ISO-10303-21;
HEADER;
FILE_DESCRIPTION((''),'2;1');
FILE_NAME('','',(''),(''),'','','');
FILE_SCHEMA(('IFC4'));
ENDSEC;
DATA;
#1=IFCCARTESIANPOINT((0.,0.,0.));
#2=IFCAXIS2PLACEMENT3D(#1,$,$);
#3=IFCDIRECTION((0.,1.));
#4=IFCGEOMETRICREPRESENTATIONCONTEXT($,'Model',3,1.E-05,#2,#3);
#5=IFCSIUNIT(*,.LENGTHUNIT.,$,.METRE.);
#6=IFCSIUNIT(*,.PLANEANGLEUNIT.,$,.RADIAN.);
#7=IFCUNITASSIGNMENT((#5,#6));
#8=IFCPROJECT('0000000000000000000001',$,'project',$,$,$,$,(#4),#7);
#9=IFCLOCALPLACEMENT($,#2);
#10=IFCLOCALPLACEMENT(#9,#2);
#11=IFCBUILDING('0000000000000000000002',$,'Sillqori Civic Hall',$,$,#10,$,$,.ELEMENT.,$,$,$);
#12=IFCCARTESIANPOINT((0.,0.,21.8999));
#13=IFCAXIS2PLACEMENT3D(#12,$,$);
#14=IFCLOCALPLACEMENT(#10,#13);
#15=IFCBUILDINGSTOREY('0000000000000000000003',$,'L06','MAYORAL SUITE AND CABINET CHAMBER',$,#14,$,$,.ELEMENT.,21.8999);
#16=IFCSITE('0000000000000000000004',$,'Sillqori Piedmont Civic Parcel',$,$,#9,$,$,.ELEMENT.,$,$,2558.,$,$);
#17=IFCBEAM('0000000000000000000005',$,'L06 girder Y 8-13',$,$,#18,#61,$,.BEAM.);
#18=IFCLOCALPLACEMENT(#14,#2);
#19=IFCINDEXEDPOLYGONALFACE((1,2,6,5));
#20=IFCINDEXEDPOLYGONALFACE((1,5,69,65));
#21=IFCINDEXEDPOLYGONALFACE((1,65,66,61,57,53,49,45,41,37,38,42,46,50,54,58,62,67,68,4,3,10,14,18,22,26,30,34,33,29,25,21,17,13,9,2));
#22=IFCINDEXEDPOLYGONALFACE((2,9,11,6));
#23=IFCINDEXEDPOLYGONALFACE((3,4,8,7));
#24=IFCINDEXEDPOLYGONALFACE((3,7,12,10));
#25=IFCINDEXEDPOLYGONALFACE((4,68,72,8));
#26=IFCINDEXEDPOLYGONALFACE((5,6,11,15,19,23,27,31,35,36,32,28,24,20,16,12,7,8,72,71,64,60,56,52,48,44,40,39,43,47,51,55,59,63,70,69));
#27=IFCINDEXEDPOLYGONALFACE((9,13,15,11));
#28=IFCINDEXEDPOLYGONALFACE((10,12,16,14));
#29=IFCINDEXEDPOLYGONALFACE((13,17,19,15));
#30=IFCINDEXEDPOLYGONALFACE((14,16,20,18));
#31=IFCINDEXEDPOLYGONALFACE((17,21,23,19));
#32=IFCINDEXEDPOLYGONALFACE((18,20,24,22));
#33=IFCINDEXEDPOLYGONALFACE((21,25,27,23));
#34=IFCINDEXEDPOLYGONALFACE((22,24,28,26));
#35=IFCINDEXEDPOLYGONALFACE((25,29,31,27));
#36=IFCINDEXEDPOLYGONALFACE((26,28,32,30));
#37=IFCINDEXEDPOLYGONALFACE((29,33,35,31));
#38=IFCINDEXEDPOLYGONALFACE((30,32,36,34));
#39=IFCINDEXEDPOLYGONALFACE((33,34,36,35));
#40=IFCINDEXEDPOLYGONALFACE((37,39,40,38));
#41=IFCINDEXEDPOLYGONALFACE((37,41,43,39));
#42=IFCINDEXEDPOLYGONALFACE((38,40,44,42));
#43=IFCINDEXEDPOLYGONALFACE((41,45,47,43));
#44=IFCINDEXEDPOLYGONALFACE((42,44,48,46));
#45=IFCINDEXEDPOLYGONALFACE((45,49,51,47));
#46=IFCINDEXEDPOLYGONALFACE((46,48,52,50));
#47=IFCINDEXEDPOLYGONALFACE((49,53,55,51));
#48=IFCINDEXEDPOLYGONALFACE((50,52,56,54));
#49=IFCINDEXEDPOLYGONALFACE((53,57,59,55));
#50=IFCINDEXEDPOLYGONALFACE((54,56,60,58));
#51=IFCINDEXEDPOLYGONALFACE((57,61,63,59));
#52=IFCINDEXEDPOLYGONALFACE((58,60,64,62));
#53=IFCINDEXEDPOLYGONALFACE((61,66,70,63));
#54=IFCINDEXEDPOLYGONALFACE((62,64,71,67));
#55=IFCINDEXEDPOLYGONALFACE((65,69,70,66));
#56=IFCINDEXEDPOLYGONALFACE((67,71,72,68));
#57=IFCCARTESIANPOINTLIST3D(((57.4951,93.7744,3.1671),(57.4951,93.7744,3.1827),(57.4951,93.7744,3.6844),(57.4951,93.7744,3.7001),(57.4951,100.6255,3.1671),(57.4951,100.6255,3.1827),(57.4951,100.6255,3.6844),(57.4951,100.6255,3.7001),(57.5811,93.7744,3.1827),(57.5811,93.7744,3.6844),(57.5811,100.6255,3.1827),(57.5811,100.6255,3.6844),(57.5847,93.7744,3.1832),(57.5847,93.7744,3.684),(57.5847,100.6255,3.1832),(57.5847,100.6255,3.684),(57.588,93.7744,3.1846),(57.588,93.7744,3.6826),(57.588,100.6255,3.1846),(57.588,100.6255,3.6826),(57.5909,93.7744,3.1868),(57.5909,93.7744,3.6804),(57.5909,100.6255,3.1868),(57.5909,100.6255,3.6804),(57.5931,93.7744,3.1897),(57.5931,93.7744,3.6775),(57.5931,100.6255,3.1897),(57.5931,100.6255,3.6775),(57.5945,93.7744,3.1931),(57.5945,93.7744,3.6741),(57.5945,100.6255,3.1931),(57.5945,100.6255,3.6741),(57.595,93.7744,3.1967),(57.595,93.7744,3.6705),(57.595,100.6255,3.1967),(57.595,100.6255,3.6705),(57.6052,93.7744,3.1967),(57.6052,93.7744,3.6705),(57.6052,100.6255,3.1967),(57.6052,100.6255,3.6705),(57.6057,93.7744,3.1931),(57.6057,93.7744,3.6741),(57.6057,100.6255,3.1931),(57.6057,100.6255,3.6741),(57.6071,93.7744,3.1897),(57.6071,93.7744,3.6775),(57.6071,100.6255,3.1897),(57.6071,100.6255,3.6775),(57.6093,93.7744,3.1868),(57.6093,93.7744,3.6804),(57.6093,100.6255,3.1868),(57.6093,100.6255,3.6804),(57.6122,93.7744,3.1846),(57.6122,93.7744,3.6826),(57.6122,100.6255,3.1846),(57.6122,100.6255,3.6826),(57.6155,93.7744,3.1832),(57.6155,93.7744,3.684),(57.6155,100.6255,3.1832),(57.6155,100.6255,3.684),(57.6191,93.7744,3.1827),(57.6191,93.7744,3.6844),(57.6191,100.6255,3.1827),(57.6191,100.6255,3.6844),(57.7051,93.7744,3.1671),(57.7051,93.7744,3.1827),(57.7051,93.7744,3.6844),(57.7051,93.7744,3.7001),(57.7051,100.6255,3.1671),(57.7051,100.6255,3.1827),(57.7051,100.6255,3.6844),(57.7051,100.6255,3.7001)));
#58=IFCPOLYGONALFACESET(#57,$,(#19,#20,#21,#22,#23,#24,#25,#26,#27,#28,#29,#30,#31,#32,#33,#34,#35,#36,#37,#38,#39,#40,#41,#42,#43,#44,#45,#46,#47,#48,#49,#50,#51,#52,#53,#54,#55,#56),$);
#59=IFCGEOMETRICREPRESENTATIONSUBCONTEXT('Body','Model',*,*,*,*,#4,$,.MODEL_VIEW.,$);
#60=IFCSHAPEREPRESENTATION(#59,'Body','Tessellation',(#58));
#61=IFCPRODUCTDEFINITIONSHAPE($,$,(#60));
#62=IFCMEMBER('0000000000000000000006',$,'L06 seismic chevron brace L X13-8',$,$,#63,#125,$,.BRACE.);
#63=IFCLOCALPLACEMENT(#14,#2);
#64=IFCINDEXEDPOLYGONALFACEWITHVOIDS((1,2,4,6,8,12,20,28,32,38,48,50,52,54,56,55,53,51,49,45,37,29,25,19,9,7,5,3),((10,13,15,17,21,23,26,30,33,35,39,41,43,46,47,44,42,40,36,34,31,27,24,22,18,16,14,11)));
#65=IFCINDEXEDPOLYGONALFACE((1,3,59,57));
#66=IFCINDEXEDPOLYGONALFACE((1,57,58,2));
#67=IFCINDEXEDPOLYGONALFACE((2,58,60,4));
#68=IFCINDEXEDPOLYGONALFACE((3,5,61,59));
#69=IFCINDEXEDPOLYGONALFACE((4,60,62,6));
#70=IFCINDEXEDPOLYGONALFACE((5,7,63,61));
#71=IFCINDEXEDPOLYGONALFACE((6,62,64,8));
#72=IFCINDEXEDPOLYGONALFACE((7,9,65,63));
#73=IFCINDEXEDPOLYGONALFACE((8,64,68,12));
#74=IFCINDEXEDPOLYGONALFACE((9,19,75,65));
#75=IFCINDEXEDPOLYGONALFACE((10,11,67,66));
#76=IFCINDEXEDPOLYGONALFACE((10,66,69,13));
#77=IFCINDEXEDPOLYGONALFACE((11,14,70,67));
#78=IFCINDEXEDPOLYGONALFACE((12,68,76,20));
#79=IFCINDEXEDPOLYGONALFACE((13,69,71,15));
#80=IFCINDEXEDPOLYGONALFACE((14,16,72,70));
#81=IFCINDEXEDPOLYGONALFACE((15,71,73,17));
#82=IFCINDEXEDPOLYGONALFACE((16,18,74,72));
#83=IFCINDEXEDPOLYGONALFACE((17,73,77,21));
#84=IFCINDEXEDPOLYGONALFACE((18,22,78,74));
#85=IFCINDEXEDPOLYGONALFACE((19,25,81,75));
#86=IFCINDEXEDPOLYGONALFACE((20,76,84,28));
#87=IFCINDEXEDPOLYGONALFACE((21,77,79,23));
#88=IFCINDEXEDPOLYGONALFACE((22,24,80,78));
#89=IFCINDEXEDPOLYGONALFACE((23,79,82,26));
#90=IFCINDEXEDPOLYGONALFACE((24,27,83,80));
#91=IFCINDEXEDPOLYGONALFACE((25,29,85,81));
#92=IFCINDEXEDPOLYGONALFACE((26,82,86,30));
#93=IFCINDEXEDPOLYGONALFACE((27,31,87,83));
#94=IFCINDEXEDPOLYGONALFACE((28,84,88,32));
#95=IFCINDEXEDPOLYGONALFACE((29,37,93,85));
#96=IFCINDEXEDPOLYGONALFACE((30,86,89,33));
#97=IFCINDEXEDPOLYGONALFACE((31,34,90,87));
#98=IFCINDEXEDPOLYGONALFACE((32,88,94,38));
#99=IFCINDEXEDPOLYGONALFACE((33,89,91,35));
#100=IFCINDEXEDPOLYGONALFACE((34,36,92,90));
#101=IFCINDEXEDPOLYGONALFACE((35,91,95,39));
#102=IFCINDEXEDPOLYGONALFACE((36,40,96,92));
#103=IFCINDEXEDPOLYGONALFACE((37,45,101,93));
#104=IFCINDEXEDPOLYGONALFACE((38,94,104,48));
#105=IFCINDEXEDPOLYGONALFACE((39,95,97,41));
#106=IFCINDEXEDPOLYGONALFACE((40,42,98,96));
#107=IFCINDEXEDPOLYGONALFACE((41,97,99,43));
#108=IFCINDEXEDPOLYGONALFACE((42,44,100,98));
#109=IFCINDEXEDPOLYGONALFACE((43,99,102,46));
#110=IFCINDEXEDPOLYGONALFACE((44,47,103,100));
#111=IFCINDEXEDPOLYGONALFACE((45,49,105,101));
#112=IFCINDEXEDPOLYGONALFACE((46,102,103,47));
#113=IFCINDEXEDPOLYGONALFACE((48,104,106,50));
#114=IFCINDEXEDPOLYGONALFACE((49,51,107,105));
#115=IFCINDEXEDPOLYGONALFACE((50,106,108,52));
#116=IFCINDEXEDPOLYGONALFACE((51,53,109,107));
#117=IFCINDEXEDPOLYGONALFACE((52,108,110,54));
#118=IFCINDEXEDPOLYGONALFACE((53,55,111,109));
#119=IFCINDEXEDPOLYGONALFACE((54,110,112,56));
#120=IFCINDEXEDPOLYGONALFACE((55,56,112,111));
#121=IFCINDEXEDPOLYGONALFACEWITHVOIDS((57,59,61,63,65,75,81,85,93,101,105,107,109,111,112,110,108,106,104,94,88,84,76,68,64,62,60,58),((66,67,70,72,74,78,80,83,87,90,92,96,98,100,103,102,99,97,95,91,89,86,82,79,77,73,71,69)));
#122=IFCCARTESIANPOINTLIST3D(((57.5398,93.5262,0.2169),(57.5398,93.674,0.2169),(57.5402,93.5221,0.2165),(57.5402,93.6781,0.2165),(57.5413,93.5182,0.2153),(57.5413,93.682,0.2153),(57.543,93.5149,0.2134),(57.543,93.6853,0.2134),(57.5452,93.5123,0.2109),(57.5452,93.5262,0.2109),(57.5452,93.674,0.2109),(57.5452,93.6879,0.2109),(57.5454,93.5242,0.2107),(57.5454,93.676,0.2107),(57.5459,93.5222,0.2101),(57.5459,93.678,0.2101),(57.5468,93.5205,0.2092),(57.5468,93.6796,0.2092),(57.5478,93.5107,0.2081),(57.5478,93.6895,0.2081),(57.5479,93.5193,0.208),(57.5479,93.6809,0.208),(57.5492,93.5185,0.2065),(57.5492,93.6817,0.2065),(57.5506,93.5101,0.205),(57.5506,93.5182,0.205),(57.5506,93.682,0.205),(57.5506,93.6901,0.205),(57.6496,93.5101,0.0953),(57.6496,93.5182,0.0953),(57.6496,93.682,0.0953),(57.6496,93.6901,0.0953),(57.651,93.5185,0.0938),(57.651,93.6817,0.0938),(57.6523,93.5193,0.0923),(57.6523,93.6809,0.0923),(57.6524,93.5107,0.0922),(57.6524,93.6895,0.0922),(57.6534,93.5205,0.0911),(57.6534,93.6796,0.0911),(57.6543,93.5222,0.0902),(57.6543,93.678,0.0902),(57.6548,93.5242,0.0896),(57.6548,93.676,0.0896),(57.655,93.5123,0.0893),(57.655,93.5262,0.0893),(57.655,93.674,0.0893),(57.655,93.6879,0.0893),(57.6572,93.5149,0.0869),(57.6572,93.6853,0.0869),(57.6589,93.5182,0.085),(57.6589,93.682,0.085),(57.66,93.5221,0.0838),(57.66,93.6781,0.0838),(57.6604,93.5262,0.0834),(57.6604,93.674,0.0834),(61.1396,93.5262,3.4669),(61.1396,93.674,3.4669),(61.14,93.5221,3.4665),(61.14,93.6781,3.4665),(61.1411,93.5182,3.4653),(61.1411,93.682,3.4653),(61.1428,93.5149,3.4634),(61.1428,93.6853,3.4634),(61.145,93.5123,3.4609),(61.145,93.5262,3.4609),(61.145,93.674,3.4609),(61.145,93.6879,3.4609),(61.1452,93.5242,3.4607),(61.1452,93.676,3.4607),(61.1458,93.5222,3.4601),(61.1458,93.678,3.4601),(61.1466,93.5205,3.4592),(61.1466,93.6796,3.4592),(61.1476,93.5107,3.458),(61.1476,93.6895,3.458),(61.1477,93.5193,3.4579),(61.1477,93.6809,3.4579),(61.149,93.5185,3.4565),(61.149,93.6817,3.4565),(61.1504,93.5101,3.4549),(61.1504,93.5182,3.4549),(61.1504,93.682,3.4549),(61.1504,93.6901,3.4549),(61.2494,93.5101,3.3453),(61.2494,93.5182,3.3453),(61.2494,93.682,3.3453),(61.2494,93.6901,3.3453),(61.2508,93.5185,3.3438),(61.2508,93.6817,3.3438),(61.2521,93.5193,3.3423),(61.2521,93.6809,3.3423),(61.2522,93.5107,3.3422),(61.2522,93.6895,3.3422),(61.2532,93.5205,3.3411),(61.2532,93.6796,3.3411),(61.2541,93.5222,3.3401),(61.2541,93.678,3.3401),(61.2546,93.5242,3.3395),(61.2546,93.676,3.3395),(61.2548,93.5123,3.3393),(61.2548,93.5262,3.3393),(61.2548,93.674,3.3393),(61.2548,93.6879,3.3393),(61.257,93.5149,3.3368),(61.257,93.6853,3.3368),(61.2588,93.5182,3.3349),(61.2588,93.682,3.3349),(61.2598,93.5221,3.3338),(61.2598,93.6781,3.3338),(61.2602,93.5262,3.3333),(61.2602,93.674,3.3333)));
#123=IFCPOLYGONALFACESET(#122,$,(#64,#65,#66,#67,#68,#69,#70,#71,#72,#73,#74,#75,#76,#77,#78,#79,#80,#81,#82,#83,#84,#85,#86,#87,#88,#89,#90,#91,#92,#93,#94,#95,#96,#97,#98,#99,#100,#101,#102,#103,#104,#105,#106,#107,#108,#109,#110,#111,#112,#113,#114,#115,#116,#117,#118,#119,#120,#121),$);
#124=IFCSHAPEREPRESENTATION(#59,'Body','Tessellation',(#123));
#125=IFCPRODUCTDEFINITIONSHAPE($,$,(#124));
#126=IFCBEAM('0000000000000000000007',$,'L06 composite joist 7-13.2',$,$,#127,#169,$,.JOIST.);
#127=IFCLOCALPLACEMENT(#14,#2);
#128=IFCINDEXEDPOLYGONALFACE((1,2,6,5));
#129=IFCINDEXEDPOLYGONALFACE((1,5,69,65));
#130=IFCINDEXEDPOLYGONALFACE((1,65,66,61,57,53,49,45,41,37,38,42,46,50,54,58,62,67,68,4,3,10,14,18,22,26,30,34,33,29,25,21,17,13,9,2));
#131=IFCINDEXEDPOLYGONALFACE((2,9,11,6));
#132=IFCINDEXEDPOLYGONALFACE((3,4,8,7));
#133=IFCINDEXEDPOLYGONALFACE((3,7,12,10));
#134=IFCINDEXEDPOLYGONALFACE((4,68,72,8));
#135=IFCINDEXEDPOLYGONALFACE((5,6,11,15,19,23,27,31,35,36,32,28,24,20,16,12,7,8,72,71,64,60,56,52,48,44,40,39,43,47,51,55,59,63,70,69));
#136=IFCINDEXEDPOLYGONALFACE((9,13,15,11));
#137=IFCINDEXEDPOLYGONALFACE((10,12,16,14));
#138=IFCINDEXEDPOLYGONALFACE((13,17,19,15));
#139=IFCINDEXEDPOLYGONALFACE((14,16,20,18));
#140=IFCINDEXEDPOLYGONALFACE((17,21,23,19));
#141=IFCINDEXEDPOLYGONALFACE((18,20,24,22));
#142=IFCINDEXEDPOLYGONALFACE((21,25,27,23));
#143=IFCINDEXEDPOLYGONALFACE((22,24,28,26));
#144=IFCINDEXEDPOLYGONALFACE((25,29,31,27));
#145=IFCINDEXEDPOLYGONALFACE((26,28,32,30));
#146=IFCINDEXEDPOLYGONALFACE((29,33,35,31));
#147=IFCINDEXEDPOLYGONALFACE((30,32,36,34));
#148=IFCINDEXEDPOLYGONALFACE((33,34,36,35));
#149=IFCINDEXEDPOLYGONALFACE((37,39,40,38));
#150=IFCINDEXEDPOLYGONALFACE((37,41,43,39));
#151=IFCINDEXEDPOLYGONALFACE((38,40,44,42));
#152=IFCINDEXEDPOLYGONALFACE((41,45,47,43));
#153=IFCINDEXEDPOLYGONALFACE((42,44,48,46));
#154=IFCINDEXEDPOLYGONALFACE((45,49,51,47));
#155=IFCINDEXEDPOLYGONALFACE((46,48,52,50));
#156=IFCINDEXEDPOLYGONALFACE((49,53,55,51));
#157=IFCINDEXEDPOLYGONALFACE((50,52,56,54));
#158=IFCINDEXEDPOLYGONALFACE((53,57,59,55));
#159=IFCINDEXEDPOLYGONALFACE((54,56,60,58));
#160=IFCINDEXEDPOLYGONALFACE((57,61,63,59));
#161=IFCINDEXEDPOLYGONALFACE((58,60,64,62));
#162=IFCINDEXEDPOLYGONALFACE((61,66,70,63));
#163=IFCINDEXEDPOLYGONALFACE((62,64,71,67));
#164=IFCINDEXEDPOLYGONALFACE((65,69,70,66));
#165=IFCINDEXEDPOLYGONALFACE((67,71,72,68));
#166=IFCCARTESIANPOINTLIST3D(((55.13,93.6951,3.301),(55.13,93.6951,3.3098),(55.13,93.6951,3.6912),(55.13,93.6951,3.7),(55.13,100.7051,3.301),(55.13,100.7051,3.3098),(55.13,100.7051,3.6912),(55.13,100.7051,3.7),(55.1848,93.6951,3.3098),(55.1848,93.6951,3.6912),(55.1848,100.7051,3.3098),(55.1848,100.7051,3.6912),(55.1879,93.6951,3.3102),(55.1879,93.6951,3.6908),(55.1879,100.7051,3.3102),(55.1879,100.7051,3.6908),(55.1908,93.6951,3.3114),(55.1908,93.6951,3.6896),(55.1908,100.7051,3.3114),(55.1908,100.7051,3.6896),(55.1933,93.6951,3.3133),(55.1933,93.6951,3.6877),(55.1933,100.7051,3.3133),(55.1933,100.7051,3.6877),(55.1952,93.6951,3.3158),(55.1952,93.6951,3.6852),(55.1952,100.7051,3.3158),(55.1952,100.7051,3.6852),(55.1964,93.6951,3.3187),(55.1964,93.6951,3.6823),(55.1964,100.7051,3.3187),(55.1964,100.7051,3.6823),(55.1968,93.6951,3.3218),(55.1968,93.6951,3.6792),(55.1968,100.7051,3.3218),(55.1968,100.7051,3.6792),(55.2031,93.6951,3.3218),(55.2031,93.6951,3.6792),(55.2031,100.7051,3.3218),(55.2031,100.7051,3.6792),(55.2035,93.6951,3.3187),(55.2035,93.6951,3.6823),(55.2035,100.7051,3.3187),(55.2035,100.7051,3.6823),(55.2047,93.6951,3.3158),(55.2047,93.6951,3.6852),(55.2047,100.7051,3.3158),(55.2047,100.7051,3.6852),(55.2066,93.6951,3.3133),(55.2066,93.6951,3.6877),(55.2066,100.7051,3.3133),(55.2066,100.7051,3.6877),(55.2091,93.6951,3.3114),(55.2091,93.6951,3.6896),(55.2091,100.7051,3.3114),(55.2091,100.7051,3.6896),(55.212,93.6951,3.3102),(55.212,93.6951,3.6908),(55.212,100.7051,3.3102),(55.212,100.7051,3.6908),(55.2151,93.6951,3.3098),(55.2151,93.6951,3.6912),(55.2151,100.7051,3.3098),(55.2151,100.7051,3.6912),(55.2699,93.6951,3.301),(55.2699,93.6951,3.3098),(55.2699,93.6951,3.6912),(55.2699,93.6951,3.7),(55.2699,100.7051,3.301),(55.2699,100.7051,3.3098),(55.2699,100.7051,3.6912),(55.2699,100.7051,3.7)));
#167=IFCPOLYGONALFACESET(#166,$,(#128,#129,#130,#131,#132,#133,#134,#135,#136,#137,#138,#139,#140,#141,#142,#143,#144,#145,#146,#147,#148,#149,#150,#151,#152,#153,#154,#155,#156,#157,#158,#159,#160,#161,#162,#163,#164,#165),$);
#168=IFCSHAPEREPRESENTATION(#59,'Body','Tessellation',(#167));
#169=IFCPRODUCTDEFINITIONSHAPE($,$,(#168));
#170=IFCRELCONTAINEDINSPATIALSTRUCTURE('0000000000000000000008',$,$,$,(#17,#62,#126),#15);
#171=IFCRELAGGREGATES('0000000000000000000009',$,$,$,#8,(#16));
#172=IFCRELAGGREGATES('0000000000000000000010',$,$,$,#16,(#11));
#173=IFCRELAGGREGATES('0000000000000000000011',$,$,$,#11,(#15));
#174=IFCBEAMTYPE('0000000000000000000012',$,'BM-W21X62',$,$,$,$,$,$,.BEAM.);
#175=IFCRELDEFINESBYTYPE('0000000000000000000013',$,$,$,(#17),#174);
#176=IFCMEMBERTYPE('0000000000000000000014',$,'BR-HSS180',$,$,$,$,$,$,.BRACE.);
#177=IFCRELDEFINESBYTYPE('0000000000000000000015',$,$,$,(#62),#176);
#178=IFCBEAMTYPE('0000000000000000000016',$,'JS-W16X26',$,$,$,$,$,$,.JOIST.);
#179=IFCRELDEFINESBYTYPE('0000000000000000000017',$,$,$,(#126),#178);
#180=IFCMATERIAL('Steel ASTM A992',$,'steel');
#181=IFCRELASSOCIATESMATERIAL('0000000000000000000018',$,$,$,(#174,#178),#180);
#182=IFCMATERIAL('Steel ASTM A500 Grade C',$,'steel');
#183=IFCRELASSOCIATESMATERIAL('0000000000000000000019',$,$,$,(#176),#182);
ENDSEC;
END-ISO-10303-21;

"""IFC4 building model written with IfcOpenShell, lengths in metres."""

from ifc_helpers import new_model, si_unit, direction, frame, origin, origin_2d, place, context, subcontext, project, spatial, hollow_rectangle, i_section, extrude, material, material_profile, profile_set, type_object, element, save


model = new_model("IFC4")

# Units and contexts
model_context = context("Model", 3, precision=1e-05, world=origin(), true_north=direction((0.0, 1.0)))
body_context = subcontext(model_context, "Body", "Model", "MODEL_VIEW")
ifc_project = project(units=[si_unit("LENGTHUNIT", "METRE"), si_unit("PLANEANGLEUNIT", "RADIAN")], contexts=[model_context])

# Site, building, storey
site_placement = place(None, origin())
site = spatial("IfcSite", under=ifc_project, at=site_placement, Name="Sillqori Piedmont Civic Parcel", CompositionType="ELEMENT", RefElevation=2558.0)
building_placement = place(site_placement, origin())
building = spatial("IfcBuilding", under=site, at=building_placement, Name="Sillqori Civic Hall", CompositionType="ELEMENT")
storey_placement = place(building_placement, frame((0.0, 0.0, 21.8999)))
storey = spatial("IfcBuildingStorey", under=building, at=storey_placement, Name="L06", Description="MAYORAL SUITE AND CABINET CHAMBER", CompositionType="ELEMENT", Elevation=21.8999)

# Beam
ifc_material_1 = material(Name="Steel ASTM A992", Category="steel")
ifc_material_profile_1 = material_profile(ifc_material_1, i_section(OverallWidth=0.21, OverallDepth=0.533, WebThickness=0.0103, FlangeThickness=0.0156, FilletRadius=0.0139, at=origin_2d()), Name="W21X62")
ifc_profile_set_1 = profile_set([ifc_material_profile_1], Name="Steel ASTM A992")
beam_type_1 = type_object("IfcBeamType", Name="BM-W21X62", PredefinedType="BEAM", material=ifc_profile_set_1)
beam_placement = place(storey_placement, frame((57.6001, 93.7744, 3.4336), z_axis=(0.0, 1.0, 0.0), x_axis=(-1.0, 0.0, 0.0)))
element("IfcBeam", 1, at=beam_placement, inside=storey, type_object=beam_type_1, Name="L06 girder Y 8-13", PredefinedType="BEAM", context=body_context, shape_type="SweptSolid", body=[
    extrude(i_section(OverallWidth=0.21, OverallDepth=0.533, WebThickness=0.0103, FlangeThickness=0.0156, FilletRadius=0.0139, at=origin_2d()), origin(), (0.0, 0.0, 1.0), 6.8511),
])

# Member
ifc_material_2 = material(Name="Steel ASTM A500 Grade C", Category="steel")
ifc_material_profile_2 = material_profile(ifc_material_2, hollow_rectangle(XDim=0.1799, YDim=0.1799, WallThickness=0.0081, InnerFilletRadius=0.0081, OuterFilletRadius=0.0161, at=origin_2d()), Name="HSS180X180X8")
ifc_profile_set_2 = profile_set([ifc_material_profile_2], Name="Steel ASTM A500 Grade C")
member_type = type_object("IfcMemberType", Name="BR-HSS180", PredefinedType="BRACE", material=ifc_profile_set_2)
member_placement = place(storey_placement, frame((57.6001, 93.6001, 0.1501), z_axis=(0.742254, 0.0, 0.670118), x_axis=(0.0, 1.0, 0.0)))
element("IfcMember", 2, at=member_placement, inside=storey, type_object=member_type, Name="L06 seismic chevron brace L X13-8", PredefinedType="BRACE", context=body_context, shape_type="SweptSolid", body=[
    extrude(hollow_rectangle(XDim=0.1799, YDim=0.1799, WallThickness=0.0081, InnerFilletRadius=0.0081, OuterFilletRadius=0.0161, at=origin_2d()), origin(), (0.0, 0.0, 1.0), 4.8499),
])

# Beam
ifc_material_profile_3 = material_profile(ifc_material_1, i_section(OverallWidth=0.1399, OverallDepth=0.3989, WebThickness=0.0063, FlangeThickness=0.0088, FilletRadius=0.012, at=origin_2d()), Name="W16X26")
ifc_profile_set_3 = profile_set([ifc_material_profile_3], Name="Steel ASTM A992")
beam_type_2 = type_object("IfcBeamType", Name="JS-W16X26", PredefinedType="JOIST", material=ifc_profile_set_3)
for number, where, z_axis, x_axis, name in (
    (3, (55.2, 93.6951, 3.5005), (0.0, 1.0, 0.0), (-1.0, 0.0, 0.0), "L06 composite joist 7-13.2"),
):
    element("IfcBeam", number, at=place(storey_placement, frame(where, z_axis=z_axis, x_axis=x_axis)), inside=storey, type_object=beam_type_2, Name=name, PredefinedType="JOIST", context=body_context, shape_type="SweptSolid", body=[
        extrude(i_section(OverallWidth=0.1399, OverallDepth=0.3989, WebThickness=0.0063, FlangeThickness=0.0088, FilletRadius=0.012, at=origin_2d()), origin(), (0.0, 0.0, 1.0), 7.01),
    ])

save(model, "model.ifc")
